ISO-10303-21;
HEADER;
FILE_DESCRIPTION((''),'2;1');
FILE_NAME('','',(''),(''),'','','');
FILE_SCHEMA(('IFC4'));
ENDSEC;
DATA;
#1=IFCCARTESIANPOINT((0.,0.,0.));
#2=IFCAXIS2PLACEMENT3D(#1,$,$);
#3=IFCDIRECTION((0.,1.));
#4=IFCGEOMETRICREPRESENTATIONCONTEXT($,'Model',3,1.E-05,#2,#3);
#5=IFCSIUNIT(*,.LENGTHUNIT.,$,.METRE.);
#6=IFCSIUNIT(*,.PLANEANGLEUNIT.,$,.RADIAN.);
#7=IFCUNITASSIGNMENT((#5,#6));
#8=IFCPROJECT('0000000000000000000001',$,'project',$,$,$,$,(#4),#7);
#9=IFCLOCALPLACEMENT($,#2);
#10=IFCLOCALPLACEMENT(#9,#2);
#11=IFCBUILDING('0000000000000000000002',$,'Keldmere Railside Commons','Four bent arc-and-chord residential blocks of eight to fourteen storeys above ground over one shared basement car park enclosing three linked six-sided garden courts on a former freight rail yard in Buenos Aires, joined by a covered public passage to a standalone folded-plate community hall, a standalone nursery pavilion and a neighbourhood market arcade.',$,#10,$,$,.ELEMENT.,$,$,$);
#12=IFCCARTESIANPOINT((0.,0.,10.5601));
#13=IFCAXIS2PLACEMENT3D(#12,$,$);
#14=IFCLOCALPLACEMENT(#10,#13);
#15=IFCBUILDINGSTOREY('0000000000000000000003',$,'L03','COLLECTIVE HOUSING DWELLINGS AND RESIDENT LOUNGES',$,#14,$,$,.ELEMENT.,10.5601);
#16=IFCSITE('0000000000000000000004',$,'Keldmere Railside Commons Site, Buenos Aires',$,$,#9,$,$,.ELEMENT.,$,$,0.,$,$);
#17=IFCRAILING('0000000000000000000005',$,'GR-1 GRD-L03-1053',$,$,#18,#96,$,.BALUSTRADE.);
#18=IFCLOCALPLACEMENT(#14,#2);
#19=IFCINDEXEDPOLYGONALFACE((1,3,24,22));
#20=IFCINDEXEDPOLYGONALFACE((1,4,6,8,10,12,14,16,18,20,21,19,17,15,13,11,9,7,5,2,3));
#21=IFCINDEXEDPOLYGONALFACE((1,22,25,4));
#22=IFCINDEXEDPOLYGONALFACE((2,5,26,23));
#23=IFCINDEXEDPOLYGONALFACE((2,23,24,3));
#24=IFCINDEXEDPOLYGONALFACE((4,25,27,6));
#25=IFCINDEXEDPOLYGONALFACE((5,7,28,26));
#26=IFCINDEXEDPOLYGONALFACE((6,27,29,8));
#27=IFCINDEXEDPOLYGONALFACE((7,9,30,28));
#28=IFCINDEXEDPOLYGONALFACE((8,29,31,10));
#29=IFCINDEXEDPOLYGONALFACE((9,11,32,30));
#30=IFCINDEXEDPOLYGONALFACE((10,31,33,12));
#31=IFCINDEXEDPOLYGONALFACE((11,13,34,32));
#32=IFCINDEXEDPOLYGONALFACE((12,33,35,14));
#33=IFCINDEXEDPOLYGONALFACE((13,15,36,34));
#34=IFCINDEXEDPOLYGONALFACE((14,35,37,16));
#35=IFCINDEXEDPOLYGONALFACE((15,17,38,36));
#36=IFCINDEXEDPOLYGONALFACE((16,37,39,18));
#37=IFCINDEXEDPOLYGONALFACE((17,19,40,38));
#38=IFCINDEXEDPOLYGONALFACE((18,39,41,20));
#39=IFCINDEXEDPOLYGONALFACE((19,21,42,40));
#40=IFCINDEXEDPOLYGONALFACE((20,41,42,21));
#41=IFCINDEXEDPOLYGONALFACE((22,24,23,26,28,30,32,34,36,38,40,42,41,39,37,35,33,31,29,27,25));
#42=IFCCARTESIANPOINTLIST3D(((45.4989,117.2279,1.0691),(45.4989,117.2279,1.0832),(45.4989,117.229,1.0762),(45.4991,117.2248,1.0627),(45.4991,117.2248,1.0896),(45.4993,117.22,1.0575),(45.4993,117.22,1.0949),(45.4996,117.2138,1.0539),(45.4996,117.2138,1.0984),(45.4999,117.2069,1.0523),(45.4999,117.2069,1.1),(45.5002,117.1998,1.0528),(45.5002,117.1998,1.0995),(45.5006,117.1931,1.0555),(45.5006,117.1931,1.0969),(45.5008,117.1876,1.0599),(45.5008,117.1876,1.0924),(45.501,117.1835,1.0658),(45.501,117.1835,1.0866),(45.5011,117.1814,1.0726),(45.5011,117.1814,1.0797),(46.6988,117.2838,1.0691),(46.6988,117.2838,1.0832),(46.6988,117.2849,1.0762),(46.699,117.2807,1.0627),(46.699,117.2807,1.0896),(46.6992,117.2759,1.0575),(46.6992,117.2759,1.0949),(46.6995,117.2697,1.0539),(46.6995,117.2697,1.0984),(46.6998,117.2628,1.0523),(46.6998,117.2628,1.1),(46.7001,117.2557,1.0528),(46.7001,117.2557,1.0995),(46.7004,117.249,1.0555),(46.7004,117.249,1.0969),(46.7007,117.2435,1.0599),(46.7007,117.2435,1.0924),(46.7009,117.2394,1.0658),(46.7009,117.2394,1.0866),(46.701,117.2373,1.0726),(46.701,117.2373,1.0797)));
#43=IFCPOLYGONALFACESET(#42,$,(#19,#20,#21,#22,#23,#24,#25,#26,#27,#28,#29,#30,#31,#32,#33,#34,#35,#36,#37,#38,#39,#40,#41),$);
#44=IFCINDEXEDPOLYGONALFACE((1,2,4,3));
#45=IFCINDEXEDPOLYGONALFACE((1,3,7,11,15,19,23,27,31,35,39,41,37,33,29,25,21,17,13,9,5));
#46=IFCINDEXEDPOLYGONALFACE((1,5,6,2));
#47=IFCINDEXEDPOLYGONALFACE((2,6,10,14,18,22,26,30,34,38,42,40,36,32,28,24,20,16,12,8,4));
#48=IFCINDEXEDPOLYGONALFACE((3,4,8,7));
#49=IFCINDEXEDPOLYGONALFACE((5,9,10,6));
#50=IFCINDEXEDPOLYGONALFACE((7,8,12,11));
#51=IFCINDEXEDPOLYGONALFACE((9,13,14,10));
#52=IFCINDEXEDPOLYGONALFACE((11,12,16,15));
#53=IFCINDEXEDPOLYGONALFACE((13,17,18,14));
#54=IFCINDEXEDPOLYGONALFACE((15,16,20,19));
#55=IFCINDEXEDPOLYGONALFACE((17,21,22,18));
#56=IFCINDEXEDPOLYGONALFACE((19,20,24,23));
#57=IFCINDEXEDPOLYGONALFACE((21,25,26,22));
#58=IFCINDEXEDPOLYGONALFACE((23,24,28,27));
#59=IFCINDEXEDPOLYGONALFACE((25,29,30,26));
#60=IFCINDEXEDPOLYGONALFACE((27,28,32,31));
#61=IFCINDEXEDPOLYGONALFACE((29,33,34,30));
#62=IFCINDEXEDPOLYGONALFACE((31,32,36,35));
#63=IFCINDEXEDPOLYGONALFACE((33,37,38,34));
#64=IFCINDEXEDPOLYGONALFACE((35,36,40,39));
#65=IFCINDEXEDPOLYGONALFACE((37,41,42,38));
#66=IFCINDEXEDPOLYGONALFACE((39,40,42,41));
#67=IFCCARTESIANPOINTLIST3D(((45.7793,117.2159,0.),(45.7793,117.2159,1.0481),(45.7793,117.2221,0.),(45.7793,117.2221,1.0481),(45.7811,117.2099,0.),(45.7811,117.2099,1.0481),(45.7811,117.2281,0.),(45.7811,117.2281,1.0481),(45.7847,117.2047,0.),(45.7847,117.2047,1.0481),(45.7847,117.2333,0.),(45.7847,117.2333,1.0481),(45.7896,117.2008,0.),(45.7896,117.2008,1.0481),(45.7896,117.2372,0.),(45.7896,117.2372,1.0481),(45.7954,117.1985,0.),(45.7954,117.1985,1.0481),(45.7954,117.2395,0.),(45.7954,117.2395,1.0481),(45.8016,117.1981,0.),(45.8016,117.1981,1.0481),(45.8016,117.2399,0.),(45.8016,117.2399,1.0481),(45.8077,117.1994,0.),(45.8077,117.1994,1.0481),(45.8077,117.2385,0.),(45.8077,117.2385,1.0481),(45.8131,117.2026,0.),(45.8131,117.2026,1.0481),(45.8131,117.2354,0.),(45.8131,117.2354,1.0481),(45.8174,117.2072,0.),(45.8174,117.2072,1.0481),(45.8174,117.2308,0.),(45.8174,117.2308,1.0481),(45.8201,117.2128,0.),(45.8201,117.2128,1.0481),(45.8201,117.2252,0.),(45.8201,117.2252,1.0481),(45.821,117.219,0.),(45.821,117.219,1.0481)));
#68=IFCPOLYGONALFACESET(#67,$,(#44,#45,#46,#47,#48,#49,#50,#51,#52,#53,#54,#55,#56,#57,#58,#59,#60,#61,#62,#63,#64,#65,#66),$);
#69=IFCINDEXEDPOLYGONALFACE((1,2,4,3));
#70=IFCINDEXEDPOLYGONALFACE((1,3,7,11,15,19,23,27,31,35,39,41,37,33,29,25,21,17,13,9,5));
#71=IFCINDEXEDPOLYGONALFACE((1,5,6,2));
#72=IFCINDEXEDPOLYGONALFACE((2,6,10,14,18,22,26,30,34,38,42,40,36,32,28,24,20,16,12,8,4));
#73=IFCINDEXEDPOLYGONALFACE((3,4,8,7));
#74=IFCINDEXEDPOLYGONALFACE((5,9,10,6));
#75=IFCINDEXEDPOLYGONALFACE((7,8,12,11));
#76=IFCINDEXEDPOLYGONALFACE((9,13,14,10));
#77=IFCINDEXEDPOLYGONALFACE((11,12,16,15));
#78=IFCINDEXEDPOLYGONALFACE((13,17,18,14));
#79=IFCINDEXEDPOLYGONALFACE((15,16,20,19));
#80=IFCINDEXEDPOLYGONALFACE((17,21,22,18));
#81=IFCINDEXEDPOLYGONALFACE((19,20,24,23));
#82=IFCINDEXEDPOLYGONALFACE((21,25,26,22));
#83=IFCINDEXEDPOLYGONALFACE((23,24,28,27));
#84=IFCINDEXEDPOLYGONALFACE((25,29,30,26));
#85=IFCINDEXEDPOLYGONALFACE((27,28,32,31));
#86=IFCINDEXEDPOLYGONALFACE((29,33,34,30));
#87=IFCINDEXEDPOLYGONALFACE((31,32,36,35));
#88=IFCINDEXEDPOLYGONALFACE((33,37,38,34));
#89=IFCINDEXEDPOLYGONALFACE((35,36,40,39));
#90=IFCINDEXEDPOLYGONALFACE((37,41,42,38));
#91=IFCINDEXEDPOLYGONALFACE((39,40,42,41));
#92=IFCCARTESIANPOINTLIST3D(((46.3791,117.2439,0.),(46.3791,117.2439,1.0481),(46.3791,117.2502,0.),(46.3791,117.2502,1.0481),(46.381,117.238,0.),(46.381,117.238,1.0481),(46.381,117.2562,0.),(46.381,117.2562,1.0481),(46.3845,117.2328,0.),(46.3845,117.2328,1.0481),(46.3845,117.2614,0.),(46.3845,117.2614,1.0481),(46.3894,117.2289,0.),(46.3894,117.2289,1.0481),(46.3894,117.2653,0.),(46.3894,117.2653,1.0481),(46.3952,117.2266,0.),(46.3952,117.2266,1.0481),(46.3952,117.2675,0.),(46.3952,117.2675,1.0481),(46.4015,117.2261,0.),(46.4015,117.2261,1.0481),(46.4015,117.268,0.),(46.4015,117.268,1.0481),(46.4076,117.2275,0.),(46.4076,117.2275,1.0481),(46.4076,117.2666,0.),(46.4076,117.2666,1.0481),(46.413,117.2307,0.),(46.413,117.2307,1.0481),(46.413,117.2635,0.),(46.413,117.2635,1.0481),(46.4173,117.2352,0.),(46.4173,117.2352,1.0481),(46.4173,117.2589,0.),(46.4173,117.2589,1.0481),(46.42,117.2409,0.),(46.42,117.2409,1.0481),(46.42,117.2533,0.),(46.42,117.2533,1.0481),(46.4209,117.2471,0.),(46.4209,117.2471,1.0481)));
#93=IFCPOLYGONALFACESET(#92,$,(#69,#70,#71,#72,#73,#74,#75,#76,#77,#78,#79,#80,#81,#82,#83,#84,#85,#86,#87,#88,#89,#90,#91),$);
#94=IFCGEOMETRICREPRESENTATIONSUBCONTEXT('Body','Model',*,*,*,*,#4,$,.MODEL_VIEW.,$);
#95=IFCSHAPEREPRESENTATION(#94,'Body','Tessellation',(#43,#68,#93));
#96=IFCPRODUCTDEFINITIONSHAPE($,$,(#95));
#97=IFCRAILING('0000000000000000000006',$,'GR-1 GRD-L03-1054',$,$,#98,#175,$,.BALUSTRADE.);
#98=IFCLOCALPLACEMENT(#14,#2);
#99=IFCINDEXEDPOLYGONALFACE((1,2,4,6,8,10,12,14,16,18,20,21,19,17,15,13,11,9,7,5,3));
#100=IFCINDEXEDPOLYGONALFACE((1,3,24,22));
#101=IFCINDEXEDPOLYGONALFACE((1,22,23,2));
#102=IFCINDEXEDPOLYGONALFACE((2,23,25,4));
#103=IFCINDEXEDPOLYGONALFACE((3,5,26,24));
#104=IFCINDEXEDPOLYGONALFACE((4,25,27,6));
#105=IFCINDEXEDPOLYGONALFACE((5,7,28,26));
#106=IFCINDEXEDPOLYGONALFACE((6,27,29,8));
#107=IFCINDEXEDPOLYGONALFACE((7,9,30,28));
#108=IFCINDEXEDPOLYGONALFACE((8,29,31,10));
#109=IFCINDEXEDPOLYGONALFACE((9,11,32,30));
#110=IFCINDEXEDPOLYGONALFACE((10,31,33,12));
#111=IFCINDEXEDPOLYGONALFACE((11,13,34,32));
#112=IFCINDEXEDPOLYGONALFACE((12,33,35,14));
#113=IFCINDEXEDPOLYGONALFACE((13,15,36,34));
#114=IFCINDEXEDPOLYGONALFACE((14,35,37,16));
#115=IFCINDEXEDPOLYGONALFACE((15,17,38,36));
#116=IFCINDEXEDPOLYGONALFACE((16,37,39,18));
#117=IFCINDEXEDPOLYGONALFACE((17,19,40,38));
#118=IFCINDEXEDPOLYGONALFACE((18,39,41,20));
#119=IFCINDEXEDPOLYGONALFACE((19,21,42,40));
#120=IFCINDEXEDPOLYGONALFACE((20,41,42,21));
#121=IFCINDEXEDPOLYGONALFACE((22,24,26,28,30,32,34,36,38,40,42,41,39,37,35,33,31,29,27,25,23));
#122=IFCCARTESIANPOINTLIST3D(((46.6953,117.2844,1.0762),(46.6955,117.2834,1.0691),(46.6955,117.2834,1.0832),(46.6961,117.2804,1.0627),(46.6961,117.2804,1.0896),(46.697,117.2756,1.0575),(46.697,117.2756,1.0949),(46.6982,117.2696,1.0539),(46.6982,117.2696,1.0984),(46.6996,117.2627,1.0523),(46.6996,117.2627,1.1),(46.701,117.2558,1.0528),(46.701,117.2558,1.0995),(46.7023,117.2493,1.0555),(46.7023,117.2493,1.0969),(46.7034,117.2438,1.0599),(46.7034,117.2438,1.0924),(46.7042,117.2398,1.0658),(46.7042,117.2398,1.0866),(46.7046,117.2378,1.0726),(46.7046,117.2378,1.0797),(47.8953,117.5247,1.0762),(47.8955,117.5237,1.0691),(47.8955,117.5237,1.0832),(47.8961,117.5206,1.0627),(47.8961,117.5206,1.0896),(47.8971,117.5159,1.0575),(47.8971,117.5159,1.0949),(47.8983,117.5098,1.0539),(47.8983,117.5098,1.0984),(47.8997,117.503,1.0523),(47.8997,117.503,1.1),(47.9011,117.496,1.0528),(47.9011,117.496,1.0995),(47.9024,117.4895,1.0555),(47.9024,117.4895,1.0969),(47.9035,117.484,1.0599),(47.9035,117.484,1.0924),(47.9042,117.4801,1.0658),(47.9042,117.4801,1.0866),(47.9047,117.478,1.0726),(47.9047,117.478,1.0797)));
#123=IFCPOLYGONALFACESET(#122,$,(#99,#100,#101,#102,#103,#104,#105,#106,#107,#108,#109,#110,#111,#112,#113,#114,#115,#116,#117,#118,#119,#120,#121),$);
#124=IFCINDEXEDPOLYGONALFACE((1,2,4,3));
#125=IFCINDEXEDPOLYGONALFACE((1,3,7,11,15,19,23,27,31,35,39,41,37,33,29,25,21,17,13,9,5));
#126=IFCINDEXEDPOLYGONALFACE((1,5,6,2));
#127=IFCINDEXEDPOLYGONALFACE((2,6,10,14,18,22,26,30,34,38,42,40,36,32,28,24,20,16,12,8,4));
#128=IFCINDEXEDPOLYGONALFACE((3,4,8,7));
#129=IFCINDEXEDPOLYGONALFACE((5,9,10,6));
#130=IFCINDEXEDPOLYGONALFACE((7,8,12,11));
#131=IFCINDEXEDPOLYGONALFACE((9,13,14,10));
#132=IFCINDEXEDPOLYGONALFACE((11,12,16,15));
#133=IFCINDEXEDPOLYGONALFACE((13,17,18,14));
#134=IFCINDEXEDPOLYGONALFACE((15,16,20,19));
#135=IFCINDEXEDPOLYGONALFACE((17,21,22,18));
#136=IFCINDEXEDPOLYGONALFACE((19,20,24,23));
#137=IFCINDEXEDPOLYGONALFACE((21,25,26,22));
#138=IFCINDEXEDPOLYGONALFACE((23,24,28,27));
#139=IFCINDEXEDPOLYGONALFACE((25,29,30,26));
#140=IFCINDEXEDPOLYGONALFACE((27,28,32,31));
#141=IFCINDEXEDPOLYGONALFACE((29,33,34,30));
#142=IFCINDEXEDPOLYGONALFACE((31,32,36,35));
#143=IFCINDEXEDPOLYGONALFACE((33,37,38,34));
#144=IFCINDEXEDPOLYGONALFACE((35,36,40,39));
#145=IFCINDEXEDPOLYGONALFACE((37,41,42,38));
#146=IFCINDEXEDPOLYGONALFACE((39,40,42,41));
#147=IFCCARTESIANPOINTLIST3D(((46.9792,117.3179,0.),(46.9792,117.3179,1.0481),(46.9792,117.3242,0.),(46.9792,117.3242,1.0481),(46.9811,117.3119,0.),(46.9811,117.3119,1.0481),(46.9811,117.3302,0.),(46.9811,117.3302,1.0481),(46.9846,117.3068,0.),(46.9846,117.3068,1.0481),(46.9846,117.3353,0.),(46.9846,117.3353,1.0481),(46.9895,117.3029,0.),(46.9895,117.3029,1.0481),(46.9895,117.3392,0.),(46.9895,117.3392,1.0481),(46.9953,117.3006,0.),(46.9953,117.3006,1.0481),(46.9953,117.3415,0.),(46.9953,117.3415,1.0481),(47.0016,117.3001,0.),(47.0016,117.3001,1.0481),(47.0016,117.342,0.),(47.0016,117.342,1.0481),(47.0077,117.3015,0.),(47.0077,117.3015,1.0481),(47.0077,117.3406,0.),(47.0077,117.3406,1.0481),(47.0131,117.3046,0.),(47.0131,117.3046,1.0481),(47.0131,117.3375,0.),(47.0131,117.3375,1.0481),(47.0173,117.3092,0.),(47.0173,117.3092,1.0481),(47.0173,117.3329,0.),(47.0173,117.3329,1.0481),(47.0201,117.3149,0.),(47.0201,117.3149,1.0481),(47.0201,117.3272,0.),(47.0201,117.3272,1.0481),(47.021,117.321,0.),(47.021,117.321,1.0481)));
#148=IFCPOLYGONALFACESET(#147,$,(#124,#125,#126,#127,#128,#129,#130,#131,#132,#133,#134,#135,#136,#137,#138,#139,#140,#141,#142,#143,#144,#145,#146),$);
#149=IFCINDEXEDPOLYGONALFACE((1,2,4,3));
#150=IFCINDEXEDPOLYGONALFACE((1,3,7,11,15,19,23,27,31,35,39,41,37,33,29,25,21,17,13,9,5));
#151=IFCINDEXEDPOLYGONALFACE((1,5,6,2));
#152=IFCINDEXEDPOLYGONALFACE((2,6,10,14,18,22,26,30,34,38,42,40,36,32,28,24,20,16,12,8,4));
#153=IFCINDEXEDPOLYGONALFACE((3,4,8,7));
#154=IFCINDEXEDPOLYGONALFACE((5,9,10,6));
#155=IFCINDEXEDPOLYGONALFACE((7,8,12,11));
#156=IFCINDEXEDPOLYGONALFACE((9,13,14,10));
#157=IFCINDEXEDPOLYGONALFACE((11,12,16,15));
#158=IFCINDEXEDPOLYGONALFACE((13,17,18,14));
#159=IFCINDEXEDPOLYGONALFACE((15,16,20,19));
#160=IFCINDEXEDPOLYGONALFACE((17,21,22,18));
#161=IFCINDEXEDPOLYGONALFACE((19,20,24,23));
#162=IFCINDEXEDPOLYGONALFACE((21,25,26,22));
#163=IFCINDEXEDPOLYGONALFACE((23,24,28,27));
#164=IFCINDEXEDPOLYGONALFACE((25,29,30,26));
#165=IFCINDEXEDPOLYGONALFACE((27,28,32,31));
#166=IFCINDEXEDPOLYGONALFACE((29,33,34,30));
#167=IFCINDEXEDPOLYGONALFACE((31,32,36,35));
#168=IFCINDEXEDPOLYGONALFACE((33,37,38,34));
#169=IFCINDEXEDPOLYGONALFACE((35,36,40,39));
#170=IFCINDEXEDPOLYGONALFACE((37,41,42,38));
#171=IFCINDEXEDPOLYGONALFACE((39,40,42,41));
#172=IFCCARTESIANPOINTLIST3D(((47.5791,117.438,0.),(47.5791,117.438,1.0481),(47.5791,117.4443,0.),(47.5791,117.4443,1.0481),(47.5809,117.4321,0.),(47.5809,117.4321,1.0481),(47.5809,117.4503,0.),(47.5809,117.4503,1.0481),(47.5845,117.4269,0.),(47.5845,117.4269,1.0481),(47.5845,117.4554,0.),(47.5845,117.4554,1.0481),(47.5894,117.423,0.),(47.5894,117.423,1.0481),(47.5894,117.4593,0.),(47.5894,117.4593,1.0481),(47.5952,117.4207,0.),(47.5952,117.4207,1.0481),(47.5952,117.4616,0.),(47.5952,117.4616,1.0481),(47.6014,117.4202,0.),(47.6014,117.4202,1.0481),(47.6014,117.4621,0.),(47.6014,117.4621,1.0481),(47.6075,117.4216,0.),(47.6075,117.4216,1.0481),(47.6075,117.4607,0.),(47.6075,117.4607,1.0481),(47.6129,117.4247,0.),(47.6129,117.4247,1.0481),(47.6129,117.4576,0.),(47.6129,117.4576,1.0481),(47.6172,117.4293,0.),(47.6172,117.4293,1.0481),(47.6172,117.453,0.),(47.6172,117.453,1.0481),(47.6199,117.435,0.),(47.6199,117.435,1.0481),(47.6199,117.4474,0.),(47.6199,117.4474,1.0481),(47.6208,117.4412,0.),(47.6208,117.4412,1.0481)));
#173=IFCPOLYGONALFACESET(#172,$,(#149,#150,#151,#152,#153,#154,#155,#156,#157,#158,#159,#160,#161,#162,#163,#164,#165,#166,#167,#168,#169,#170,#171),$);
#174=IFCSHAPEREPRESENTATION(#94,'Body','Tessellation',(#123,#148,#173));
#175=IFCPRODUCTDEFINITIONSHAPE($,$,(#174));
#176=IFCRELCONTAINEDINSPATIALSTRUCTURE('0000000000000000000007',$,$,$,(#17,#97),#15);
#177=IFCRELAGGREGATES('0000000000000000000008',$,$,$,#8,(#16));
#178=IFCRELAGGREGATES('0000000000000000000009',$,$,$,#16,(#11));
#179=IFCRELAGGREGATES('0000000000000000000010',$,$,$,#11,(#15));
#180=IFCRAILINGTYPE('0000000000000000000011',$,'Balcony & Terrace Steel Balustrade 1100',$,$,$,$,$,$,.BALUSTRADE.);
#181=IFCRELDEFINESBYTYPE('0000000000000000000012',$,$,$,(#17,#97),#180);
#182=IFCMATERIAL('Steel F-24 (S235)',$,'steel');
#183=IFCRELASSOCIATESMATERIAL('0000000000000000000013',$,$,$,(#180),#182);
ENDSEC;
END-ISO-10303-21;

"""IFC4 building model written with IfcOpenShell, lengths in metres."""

from ifc_helpers import new_model, si_unit, direction, frame, origin, origin_2d, place, context, subcontext, project, spatial, circle, extrude, material, type_object, element, save


model = new_model("IFC4")

# Units and contexts
model_context = context("Model", 3, precision=1e-05, world=origin(), true_north=direction((0.0, 1.0)))
body_context = subcontext(model_context, "Body", "Model", "MODEL_VIEW")
ifc_project = project(units=[si_unit("LENGTHUNIT", "METRE"), si_unit("PLANEANGLEUNIT", "RADIAN")], contexts=[model_context])

# Site, building, storey
site_placement = place(None, origin())
site = spatial("IfcSite", under=ifc_project, at=site_placement, Name="Keldmere Railside Commons Site, Buenos Aires", CompositionType="ELEMENT", RefElevation=0.0)
building_placement = place(site_placement, origin())
building = spatial("IfcBuilding", under=site, at=building_placement, Name="Keldmere Railside Commons", Description="Four bent arc-and-chord residential blocks of eight to fourteen storeys above ground over one shared basement car park enclosing three linked six-sided garden courts on a former freight rail yard in Buenos Aires, joined by a covered public passage to a standalone folded-plate community hall, a standalone nursery pavilion and a neighbourhood market arcade.", CompositionType="ELEMENT")
storey_placement = place(building_placement, frame((0.0, 0.0, 10.5601)))
storey = spatial("IfcBuildingStorey", under=building, at=storey_placement, Name="L03", Description="COLLECTIVE HOUSING DWELLINGS AND RESIDENT LOUNGES", CompositionType="ELEMENT", Elevation=10.5601)

# Railings
ifc_material_1 = material(Name="Steel F-24 (S235)", Category="steel")
railing_type = type_object("IfcRailingType", Name="Balcony & Terrace Steel Balustrade 1100", PredefinedType="BALUSTRADE", material=ifc_material_1)
railing_1_placement = place(storey_placement, frame((45.5, 117.2051, 0.0)))
element("IfcRailing", 1, at=railing_1_placement, inside=storey, type_object=railing_type, Name="GR-1 GRD-L03-1053", PredefinedType="BALUSTRADE", context=body_context, shape_type="SweptSolid", body=[
    extrude(circle(Radius=0.0239, at=origin_2d()), frame((0.0, 0.0, 1.0762), z_axis=(0.998916, 0.046542, 0.0), x_axis=(-0.046542, 0.998916, 0.0)), (0.0, 0.0, 1.0), 1.2012),
    extrude(circle(Radius=0.021, at=origin_2d()), frame((0.3, 0.0139, 0.0)), (0.0, 0.0, 1.0), 1.0481),
    extrude(circle(Radius=0.021, at=origin_2d()), frame((0.8999, 0.042, 0.0)), (0.0, 0.0, 1.0), 1.0481),
])
railing_2_placement = place(storey_placement, frame((46.7, 117.261, 0.0)))
element("IfcRailing", 2, at=railing_2_placement, inside=storey, type_object=railing_type, Name="GR-1 GRD-L03-1054", PredefinedType="BALUSTRADE", context=body_context, shape_type="SweptSolid", body=[
    extrude(circle(Radius=0.0239, at=origin_2d()), frame((0.0, 0.0, 1.0762), z_axis=(0.980542, 0.196308, 0.0), x_axis=(-0.196308, 0.980542, 0.0)), (0.0, 0.0, 1.0), 1.2239),
    extrude(circle(Radius=0.021, at=origin_2d()), frame((0.3, 0.0601, 0.0)), (0.0, 0.0, 1.0), 1.0481),
    extrude(circle(Radius=0.021, at=origin_2d()), frame((0.8999, 0.1802, 0.0)), (0.0, 0.0, 1.0), 1.0481),
])

save(model, "model.ifc")
